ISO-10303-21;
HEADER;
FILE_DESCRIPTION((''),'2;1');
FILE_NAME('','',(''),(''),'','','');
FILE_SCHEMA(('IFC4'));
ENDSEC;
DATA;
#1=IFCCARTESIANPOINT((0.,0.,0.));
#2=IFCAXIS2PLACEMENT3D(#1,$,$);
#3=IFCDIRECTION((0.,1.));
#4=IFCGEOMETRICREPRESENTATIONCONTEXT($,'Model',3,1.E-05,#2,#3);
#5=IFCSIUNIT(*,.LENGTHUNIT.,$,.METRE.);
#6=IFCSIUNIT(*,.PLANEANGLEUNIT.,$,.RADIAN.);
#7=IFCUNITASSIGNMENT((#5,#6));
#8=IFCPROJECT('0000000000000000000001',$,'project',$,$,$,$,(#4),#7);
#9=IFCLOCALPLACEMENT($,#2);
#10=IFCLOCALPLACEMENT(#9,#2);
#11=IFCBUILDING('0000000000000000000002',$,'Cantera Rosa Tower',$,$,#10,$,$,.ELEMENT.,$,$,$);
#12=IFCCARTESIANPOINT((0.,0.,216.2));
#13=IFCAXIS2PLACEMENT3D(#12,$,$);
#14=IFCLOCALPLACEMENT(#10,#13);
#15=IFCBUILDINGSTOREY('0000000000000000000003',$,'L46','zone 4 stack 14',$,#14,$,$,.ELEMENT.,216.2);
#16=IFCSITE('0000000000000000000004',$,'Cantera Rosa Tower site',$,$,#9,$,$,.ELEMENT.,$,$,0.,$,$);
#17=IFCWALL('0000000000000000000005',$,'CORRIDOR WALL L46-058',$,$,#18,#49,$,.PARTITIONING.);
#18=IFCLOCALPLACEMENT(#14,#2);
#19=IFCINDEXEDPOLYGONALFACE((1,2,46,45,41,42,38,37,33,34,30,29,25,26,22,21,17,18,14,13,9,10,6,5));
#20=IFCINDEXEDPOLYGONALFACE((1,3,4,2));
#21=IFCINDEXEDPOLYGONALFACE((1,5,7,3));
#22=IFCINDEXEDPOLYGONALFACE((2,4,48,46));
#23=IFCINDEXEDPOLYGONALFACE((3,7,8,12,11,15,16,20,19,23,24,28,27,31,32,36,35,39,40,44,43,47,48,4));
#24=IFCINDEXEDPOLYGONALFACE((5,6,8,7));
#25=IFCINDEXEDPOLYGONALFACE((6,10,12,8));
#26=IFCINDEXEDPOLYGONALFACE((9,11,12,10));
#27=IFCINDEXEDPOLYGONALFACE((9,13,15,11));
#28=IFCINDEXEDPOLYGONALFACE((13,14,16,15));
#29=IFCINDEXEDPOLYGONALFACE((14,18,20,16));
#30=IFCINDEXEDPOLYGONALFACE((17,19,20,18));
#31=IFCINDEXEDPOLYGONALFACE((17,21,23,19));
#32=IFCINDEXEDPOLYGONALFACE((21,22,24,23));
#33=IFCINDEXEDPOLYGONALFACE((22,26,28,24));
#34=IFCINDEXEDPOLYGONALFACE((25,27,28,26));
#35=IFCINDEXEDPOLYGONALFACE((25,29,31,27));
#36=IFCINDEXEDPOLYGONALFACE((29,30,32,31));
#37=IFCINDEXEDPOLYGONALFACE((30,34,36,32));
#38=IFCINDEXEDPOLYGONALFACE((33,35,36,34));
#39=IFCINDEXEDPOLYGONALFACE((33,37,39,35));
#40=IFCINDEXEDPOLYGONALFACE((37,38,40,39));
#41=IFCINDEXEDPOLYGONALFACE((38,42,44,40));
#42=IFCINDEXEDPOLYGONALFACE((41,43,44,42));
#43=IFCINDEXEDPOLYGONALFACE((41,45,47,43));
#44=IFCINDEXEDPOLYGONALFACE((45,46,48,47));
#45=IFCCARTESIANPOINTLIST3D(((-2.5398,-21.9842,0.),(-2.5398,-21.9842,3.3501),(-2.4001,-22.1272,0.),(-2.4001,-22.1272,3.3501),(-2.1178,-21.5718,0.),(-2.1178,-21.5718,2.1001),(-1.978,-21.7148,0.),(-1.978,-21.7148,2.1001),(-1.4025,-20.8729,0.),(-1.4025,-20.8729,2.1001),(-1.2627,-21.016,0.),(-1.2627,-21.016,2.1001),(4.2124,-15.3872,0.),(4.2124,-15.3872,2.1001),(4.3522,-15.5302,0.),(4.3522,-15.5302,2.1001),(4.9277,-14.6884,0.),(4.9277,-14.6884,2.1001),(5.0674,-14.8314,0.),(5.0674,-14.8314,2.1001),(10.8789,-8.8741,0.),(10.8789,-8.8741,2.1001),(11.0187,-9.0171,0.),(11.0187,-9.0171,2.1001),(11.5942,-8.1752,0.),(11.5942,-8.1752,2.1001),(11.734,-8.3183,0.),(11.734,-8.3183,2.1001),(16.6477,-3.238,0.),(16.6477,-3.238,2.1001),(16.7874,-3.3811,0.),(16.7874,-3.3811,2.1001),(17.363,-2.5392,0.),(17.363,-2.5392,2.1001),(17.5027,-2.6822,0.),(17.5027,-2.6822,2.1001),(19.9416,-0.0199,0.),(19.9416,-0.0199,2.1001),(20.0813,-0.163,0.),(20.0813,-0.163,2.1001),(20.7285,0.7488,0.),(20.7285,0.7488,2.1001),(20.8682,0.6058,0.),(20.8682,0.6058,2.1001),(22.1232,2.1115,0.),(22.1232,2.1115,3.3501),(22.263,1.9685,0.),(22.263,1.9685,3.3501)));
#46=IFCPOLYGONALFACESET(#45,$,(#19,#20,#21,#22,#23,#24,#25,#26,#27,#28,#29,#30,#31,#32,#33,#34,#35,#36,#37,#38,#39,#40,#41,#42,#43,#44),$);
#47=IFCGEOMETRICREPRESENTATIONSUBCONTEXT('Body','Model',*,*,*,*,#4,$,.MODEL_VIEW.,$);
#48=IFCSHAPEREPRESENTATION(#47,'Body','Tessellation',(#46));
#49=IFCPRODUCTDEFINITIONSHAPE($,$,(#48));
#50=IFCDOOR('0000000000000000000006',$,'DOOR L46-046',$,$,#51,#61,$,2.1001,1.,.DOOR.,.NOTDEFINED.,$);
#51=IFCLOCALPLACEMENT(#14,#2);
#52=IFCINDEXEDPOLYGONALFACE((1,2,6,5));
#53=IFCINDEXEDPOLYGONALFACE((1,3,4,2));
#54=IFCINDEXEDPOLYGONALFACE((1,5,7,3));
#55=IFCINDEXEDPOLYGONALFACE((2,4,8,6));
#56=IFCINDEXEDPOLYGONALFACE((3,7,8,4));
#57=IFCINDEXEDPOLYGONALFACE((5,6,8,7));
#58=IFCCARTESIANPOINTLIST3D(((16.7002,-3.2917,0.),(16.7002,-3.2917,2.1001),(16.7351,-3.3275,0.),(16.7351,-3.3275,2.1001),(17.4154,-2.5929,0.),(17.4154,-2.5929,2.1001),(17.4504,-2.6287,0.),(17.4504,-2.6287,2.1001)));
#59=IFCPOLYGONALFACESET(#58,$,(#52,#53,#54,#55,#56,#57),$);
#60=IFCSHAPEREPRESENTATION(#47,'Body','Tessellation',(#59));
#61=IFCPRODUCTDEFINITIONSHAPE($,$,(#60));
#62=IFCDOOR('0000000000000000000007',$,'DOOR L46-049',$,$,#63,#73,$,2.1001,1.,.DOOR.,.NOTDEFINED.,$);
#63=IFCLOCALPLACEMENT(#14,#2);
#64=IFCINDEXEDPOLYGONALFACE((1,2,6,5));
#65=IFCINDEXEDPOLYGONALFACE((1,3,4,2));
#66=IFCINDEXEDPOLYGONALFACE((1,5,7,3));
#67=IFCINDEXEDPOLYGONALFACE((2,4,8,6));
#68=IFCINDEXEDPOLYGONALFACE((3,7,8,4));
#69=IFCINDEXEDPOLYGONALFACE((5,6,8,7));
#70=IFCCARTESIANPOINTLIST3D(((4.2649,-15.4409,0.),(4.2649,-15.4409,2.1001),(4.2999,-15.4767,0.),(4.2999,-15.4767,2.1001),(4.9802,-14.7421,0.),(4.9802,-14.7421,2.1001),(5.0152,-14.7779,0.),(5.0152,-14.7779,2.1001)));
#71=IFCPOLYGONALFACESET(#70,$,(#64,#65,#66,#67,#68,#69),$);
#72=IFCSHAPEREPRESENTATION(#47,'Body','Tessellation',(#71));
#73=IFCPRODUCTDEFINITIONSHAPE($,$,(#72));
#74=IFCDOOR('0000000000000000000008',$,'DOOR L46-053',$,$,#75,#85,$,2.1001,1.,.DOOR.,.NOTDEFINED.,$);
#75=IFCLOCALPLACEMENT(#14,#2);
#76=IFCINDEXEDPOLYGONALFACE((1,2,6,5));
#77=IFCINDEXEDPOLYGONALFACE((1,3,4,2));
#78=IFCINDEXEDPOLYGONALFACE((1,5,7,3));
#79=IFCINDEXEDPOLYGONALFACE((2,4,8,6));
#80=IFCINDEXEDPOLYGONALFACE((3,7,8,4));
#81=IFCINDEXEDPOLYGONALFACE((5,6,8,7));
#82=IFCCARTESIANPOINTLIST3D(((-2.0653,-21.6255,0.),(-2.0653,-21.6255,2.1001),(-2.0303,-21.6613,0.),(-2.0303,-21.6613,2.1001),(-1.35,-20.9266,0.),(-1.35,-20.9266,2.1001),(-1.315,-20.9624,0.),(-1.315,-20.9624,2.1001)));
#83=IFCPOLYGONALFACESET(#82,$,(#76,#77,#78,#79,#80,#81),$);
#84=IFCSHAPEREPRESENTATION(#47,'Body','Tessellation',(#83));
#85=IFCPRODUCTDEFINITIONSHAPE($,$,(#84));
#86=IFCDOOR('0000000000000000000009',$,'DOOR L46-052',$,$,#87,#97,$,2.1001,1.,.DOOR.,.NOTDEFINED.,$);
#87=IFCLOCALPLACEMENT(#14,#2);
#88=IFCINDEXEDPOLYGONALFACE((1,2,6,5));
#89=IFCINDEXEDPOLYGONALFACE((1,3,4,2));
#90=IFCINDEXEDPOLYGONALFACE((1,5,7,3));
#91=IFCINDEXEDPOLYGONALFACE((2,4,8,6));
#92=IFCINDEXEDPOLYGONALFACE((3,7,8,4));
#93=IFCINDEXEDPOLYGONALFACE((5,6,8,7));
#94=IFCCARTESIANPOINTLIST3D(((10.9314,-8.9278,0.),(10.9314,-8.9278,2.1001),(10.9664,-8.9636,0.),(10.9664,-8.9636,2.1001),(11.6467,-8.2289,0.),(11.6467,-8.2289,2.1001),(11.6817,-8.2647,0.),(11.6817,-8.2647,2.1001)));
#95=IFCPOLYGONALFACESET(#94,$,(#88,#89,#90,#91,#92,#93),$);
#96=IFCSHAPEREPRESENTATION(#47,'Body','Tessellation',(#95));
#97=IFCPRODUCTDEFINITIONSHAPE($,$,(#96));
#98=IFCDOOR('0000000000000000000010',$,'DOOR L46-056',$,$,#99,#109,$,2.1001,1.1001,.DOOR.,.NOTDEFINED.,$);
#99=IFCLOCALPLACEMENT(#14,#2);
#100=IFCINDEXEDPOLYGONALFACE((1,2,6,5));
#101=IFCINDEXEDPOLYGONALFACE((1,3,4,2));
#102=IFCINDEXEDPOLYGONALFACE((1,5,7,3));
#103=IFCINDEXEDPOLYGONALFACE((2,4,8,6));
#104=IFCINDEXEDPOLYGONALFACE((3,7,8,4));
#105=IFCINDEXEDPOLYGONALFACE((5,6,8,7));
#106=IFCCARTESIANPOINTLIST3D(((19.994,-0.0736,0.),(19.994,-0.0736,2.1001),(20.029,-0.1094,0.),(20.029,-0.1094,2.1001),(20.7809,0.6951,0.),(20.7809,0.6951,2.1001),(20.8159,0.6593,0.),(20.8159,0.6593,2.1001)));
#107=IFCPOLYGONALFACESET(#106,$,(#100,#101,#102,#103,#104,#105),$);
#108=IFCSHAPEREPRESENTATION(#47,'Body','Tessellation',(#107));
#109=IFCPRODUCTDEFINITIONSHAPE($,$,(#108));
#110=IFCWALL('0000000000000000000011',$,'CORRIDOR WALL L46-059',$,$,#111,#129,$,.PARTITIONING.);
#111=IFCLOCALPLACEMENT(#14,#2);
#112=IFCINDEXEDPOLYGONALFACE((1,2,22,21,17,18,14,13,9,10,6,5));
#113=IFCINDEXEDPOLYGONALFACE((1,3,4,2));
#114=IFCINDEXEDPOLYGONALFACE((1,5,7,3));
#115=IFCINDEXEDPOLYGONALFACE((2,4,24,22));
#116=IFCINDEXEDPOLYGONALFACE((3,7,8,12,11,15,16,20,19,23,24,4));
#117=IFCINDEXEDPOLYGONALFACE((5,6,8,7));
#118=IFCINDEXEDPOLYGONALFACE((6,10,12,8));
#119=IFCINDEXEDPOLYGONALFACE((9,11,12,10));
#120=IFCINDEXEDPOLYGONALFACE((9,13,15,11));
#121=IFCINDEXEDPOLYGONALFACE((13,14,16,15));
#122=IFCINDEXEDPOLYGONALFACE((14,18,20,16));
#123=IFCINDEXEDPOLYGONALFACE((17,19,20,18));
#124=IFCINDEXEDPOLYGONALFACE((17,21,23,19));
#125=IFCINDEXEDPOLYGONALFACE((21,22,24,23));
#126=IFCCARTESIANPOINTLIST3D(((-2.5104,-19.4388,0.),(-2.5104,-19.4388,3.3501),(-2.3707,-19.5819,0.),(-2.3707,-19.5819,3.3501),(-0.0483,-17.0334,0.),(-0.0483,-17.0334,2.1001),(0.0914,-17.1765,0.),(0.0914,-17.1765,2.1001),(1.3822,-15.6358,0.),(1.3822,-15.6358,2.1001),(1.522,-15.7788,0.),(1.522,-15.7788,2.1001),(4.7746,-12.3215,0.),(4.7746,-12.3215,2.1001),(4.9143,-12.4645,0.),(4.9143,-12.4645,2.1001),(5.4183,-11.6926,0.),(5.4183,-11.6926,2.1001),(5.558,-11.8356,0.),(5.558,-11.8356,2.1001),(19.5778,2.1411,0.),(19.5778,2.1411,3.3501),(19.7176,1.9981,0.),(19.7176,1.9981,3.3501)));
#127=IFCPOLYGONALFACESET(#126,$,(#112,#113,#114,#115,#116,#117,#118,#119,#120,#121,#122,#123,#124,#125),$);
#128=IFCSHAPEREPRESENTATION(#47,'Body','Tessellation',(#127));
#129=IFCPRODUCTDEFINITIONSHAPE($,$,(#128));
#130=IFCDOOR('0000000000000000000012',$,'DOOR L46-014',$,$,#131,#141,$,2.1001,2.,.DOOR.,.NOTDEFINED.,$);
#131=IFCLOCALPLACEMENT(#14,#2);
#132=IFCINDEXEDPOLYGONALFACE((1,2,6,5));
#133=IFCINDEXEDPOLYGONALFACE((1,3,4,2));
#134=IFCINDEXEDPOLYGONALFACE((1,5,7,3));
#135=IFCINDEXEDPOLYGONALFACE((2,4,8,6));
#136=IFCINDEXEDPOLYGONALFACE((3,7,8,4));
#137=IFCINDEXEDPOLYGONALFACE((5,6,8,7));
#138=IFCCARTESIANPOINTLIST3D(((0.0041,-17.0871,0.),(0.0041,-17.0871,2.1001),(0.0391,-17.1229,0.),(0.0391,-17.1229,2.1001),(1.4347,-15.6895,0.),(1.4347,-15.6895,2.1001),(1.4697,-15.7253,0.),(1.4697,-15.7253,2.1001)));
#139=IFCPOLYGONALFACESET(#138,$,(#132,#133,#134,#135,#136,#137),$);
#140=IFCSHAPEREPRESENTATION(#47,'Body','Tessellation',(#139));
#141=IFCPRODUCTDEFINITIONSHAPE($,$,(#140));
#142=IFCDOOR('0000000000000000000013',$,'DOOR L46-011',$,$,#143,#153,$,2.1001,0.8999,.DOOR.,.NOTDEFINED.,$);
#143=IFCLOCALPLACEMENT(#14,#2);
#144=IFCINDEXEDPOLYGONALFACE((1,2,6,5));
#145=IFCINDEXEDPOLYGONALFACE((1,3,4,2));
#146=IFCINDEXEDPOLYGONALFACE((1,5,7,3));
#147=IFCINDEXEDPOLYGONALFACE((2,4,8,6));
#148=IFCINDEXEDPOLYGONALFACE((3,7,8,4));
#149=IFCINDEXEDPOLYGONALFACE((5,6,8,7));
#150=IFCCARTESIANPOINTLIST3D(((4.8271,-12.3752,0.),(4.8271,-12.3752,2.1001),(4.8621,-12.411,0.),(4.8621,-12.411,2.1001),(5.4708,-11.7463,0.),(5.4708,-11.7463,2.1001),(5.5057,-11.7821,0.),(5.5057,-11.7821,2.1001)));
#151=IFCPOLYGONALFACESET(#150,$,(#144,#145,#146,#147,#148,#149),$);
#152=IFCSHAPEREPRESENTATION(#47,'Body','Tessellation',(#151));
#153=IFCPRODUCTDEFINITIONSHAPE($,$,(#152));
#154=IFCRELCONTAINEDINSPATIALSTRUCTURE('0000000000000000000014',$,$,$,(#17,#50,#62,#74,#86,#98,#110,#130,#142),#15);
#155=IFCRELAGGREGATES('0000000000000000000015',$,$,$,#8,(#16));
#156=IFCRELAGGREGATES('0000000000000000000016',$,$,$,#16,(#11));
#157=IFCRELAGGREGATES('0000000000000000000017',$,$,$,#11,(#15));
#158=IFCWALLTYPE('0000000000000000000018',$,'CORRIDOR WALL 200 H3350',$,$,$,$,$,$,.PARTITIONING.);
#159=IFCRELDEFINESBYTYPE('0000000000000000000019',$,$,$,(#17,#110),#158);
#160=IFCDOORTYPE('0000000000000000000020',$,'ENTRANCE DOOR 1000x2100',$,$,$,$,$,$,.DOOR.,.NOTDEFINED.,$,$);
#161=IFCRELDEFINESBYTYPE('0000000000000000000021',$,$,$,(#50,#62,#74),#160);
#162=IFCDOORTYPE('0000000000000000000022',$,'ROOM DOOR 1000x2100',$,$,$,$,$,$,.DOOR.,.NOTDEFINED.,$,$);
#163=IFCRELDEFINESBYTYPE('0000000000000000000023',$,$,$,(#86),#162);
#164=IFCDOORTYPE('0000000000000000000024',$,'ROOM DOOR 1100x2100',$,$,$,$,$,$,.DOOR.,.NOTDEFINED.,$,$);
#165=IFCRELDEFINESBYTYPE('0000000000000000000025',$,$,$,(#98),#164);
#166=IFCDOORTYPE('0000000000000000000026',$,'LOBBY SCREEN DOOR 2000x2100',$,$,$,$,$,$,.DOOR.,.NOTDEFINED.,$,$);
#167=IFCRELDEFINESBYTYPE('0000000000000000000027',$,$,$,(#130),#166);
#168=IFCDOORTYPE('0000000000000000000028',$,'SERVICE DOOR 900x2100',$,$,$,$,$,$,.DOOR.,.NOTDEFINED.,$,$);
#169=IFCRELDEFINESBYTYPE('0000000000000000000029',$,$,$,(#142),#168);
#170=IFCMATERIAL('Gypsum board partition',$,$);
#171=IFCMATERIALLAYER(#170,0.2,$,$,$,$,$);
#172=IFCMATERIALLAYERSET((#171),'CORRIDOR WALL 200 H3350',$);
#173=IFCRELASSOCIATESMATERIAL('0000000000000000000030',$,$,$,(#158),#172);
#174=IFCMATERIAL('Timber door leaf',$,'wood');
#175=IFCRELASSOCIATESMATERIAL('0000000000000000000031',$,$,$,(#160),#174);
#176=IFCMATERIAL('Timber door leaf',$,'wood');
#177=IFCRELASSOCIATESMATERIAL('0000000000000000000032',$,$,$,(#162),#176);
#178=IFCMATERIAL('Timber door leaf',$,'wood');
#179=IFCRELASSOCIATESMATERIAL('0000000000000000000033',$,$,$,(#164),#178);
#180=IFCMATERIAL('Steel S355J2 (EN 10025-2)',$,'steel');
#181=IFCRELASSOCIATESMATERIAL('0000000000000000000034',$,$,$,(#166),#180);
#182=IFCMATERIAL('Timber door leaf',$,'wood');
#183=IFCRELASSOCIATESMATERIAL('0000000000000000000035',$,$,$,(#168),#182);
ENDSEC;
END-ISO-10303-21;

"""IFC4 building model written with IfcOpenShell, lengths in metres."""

from ifc_helpers import new_model, si_unit, direction, frame, frame_2d, origin, place, context, subcontext, project, spatial, rectangle, extrude, material, layer, layer_set, type_object, element, fill, save


model = new_model("IFC4")

# Units and contexts
model_context = context("Model", 3, precision=1e-05, world=origin(), true_north=direction((0.0, 1.0)))
body_context = subcontext(model_context, "Body", "Model", "MODEL_VIEW")
ifc_project = project(units=[si_unit("LENGTHUNIT", "METRE"), si_unit("PLANEANGLEUNIT", "RADIAN")], contexts=[model_context])

# Site, building, storey
site_placement = place(None, origin())
site = spatial("IfcSite", under=ifc_project, at=site_placement, Name="Cantera Rosa Tower site", CompositionType="ELEMENT", RefElevation=0.0)
building_placement = place(site_placement, origin())
building = spatial("IfcBuilding", under=site, at=building_placement, Name="Cantera Rosa Tower", CompositionType="ELEMENT")
storey_placement = place(building_placement, frame((0.0, 0.0, 216.2)))
storey = spatial("IfcBuildingStorey", under=building, at=storey_placement, Name="L46", Description="zone 4 stack 14", CompositionType="ELEMENT", Elevation=216.2)

# Shared definitions
ifc_material_1 = material(Name="Gypsum board partition")
ifc_layer_1 = layer(ifc_material_1, 0.2)
ifc_layer_set_1 = layer_set([ifc_layer_1], Name="CORRIDOR WALL 200 H3350")
wall_type_1 = type_object("IfcWallType", Name="CORRIDOR WALL 200 H3350", PredefinedType="PARTITIONING", material=ifc_layer_set_1)

# Walls, openings, doors
wall_1_placement = place(storey_placement, frame((-2.47, -22.0557, 0.0), z_axis=(0.0, 0.0, 1.0), x_axis=(0.715287, 0.698831, 0.0)))
wall_1 = element("IfcWall", 1, at=wall_1_placement, inside=storey, type_object=wall_type_1, Name="CORRIDOR WALL L46-058", PredefinedType="PARTITIONING", context=body_context, shape_type="SweptSolid", body=[
    extrude(rectangle(XDim=34.48, YDim=0.2, at=frame_2d((17.24, 0.0))), origin(), (0.0, 0.0, 1.0), 3.3501),
])
opening_1_placement = place(wall_1_placement, frame((26.825, 0.0, 0.0)))
opening_1 = element("IfcOpeningElement", 2, at=opening_1_placement, cuts=wall_1, PredefinedType="OPENING", context=body_context, shape_type="SweptSolid", body=[
    extrude(rectangle(XDim=1.0, YDim=2.1001, at=frame_2d((0.5, 1.05))), frame((0.0, 0.1099, 0.0), z_axis=(0.0, -1.0, 0.0), x_axis=(1.0, 0.0, 0.0)), (0.0, 0.0, 1.0), 0.22),
])
opening_2_placement = place(wall_1_placement, frame((9.4399, 0.0, 0.0)))
opening_2 = element("IfcOpeningElement", 3, at=opening_2_placement, cuts=wall_1, PredefinedType="OPENING", context=body_context, shape_type="SweptSolid", body=[
    extrude(rectangle(XDim=1.0, YDim=2.1001, at=frame_2d((0.5, 1.05))), frame((0.0, 0.1099, 0.0), z_axis=(0.0, -1.0, 0.0), x_axis=(1.0, 0.0, 0.0)), (0.0, 0.0, 1.0), 0.22),
])
opening_3_placement = place(wall_1_placement, frame((18.76, 0.0, 0.0)))
opening_3 = element("IfcOpeningElement", 4, at=opening_3_placement, cuts=wall_1, PredefinedType="OPENING", context=body_context, shape_type="SweptSolid", body=[
    extrude(rectangle(XDim=1.0, YDim=2.1001, at=frame_2d((0.5, 1.05))), frame((0.0, 0.1099, 0.0), z_axis=(0.0, -1.0, 0.0), x_axis=(1.0, 0.0, 0.0)), (0.0, 0.0, 1.0), 0.22),
])
opening_4_placement = place(wall_1_placement, frame((0.5901, 0.0, 0.0)))
opening_4 = element("IfcOpeningElement", 5, at=opening_4_placement, cuts=wall_1, PredefinedType="OPENING", context=body_context, shape_type="SweptSolid", body=[
    extrude(rectangle(XDim=1.0, YDim=2.1001, at=frame_2d((0.5, 1.05))), frame((0.0, 0.1099, 0.0), z_axis=(0.0, -1.0, 0.0), x_axis=(1.0, 0.0, 0.0)), (0.0, 0.0, 1.0), 0.22),
])
opening_5_placement = place(wall_1_placement, frame((31.4299, 0.0, 0.0)))
opening_5 = element("IfcOpeningElement", 6, at=opening_5_placement, cuts=wall_1, PredefinedType="OPENING", context=body_context, shape_type="SweptSolid", body=[
    extrude(rectangle(XDim=1.1001, YDim=2.1001, at=frame_2d((0.55, 1.05))), frame((0.0, 0.1099, 0.0), z_axis=(0.0, -1.0, 0.0), x_axis=(1.0, 0.0, 0.0)), (0.0, 0.0, 1.0), 0.22),
])
ifc_material_2 = material(Name="Timber door leaf", Category="wood")
door_type_1 = type_object("IfcDoorType", Name="ENTRANCE DOOR 1000x2100", OperationType="NOTDEFINED", PredefinedType="DOOR", material=ifc_material_2)
door_1_placement = place(opening_1_placement, origin())
door_1 = element("IfcDoor", 7, at=door_1_placement, inside=storey, type_object=door_type_1, Name="DOOR L46-046", OperationType="NOTDEFINED", OverallHeight=2.1001, OverallWidth=1.0, PredefinedType="DOOR", context=body_context, shape_type="SweptSolid", body=[
    extrude(rectangle(XDim=1.0, YDim=2.1001, at=frame_2d((0.5, 1.05))), frame((0.0, 0.0249, 0.0), z_axis=(0.0, -1.0, 0.0), x_axis=(1.0, 0.0, 0.0)), (0.0, 0.0, 1.0), 0.05),
])
fill(opening_1, door_1)
door_2_placement = place(opening_2_placement, origin())
door_2 = element("IfcDoor", 8, at=door_2_placement, inside=storey, type_object=door_type_1, Name="DOOR L46-049", OperationType="NOTDEFINED", OverallHeight=2.1001, OverallWidth=1.0, PredefinedType="DOOR", context=body_context, shape_type="SweptSolid", body=[
    extrude(rectangle(XDim=1.0, YDim=2.1001, at=frame_2d((0.5, 1.05))), frame((0.0, 0.0249, 0.0), z_axis=(0.0, -1.0, 0.0), x_axis=(1.0, 0.0, 0.0)), (0.0, 0.0, 1.0), 0.05),
])
fill(opening_2, door_2)
door_3_placement = place(opening_4_placement, origin())
door_3 = element("IfcDoor", 9, at=door_3_placement, inside=storey, type_object=door_type_1, Name="DOOR L46-053", OperationType="NOTDEFINED", OverallHeight=2.1001, OverallWidth=1.0, PredefinedType="DOOR", context=body_context, shape_type="SweptSolid", body=[
    extrude(rectangle(XDim=1.0, YDim=2.1001, at=frame_2d((0.5, 1.05))), frame((0.0, 0.0249, 0.0), z_axis=(0.0, -1.0, 0.0), x_axis=(1.0, 0.0, 0.0)), (0.0, 0.0, 1.0), 0.05),
])
fill(opening_4, door_3)
ifc_material_3 = material(Name="Timber door leaf", Category="wood")
door_type_2 = type_object("IfcDoorType", Name="ROOM DOOR 1000x2100", OperationType="NOTDEFINED", PredefinedType="DOOR", material=ifc_material_3)
door_4_placement = place(opening_3_placement, origin())
door_4 = element("IfcDoor", 10, at=door_4_placement, inside=storey, type_object=door_type_2, Name="DOOR L46-052", OperationType="NOTDEFINED", OverallHeight=2.1001, OverallWidth=1.0, PredefinedType="DOOR", context=body_context, shape_type="SweptSolid", body=[
    extrude(rectangle(XDim=1.0, YDim=2.1001, at=frame_2d((0.5, 1.05))), frame((0.0, 0.0249, 0.0), z_axis=(0.0, -1.0, 0.0), x_axis=(1.0, 0.0, 0.0)), (0.0, 0.0, 1.0), 0.05),
])
fill(opening_3, door_4)
ifc_material_4 = material(Name="Timber door leaf", Category="wood")
door_type_3 = type_object("IfcDoorType", Name="ROOM DOOR 1100x2100", OperationType="NOTDEFINED", PredefinedType="DOOR", material=ifc_material_4)
door_5_placement = place(opening_5_placement, origin())
door_5 = element("IfcDoor", 11, at=door_5_placement, inside=storey, type_object=door_type_3, Name="DOOR L46-056", OperationType="NOTDEFINED", OverallHeight=2.1001, OverallWidth=1.1001, PredefinedType="DOOR", context=body_context, shape_type="SweptSolid", body=[
    extrude(rectangle(XDim=1.1001, YDim=2.1001, at=frame_2d((0.55, 1.05))), frame((0.0, 0.0249, 0.0), z_axis=(0.0, -1.0, 0.0), x_axis=(1.0, 0.0, 0.0)), (0.0, 0.0, 1.0), 0.05),
])
fill(opening_5, door_5)
wall_2_placement = place(storey_placement, frame((-2.4404, -19.5103, 0.0), z_axis=(0.0, 0.0, 1.0), x_axis=(0.715289, 0.698829, 0.0)))
wall_2 = element("IfcWall", 12, at=wall_2_placement, inside=storey, type_object=wall_type_1, Name="CORRIDOR WALL L46-059", PredefinedType="PARTITIONING", context=body_context, shape_type="SweptSolid", body=[
    extrude(rectangle(XDim=30.8801, YDim=0.2, at=frame_2d((15.4399, 0.0))), origin(), (0.0, 0.0, 1.0), 3.3501),
])
opening_6_placement = place(wall_2_placement, frame((10.1846, 0.0, 0.0)))
opening_6 = element("IfcOpeningElement", 13, at=opening_6_placement, cuts=wall_2, PredefinedType="OPENING", context=body_context, shape_type="SweptSolid", body=[
    extrude(rectangle(XDim=0.8999, YDim=2.1001, at=frame_2d((0.45, 1.05))), frame((0.0, 0.1099, 0.0), z_axis=(0.0, -1.0, 0.0), x_axis=(1.0, 0.0, 0.0)), (0.0, 0.0, 1.0), 0.22),
])
opening_7_placement = place(wall_2_placement, frame((3.4419, 0.0, 0.0)))
opening_7 = element("IfcOpeningElement", 14, at=opening_7_placement, cuts=wall_2, PredefinedType="OPENING", context=body_context, shape_type="SweptSolid", body=[
    extrude(rectangle(XDim=2.0, YDim=2.1001, at=frame_2d((1.0, 1.05))), frame((0.0, 0.1099, 0.0), z_axis=(0.0, -1.0, 0.0), x_axis=(1.0, 0.0, 0.0)), (0.0, 0.0, 1.0), 0.22),
])
ifc_material_5 = material(Name="Steel S355J2 (EN 10025-2)", Category="steel")
door_type_4 = type_object("IfcDoorType", Name="LOBBY SCREEN DOOR 2000x2100", OperationType="NOTDEFINED", PredefinedType="DOOR", material=ifc_material_5)
door_6_placement = place(opening_7_placement, origin())
door_6 = element("IfcDoor", 15, at=door_6_placement, inside=storey, type_object=door_type_4, Name="DOOR L46-014", OperationType="NOTDEFINED", OverallHeight=2.1001, OverallWidth=2.0, PredefinedType="DOOR", context=body_context, shape_type="SweptSolid", body=[
    extrude(rectangle(XDim=2.0, YDim=2.1001, at=frame_2d((1.0, 1.05))), frame((0.0, 0.0249, 0.0), z_axis=(0.0, -1.0, 0.0), x_axis=(1.0, 0.0, 0.0)), (0.0, 0.0, 1.0), 0.05),
])
fill(opening_7, door_6)
ifc_material_6 = material(Name="Timber door leaf", Category="wood")
door_type_5 = type_object("IfcDoorType", Name="SERVICE DOOR 900x2100", OperationType="NOTDEFINED", PredefinedType="DOOR", material=ifc_material_6)
door_7_placement = place(opening_6_placement, origin())
door_7 = element("IfcDoor", 16, at=door_7_placement, inside=storey, type_object=door_type_5, Name="DOOR L46-011", OperationType="NOTDEFINED", OverallHeight=2.1001, OverallWidth=0.8999, PredefinedType="DOOR", context=body_context, shape_type="SweptSolid", body=[
    extrude(rectangle(XDim=0.8999, YDim=2.1001, at=frame_2d((0.45, 1.05))), frame((0.0, 0.0249, 0.0), z_axis=(0.0, -1.0, 0.0), x_axis=(1.0, 0.0, 0.0)), (0.0, 0.0, 1.0), 0.05),
])
fill(opening_6, door_7)

save(model, "model.ifc")
